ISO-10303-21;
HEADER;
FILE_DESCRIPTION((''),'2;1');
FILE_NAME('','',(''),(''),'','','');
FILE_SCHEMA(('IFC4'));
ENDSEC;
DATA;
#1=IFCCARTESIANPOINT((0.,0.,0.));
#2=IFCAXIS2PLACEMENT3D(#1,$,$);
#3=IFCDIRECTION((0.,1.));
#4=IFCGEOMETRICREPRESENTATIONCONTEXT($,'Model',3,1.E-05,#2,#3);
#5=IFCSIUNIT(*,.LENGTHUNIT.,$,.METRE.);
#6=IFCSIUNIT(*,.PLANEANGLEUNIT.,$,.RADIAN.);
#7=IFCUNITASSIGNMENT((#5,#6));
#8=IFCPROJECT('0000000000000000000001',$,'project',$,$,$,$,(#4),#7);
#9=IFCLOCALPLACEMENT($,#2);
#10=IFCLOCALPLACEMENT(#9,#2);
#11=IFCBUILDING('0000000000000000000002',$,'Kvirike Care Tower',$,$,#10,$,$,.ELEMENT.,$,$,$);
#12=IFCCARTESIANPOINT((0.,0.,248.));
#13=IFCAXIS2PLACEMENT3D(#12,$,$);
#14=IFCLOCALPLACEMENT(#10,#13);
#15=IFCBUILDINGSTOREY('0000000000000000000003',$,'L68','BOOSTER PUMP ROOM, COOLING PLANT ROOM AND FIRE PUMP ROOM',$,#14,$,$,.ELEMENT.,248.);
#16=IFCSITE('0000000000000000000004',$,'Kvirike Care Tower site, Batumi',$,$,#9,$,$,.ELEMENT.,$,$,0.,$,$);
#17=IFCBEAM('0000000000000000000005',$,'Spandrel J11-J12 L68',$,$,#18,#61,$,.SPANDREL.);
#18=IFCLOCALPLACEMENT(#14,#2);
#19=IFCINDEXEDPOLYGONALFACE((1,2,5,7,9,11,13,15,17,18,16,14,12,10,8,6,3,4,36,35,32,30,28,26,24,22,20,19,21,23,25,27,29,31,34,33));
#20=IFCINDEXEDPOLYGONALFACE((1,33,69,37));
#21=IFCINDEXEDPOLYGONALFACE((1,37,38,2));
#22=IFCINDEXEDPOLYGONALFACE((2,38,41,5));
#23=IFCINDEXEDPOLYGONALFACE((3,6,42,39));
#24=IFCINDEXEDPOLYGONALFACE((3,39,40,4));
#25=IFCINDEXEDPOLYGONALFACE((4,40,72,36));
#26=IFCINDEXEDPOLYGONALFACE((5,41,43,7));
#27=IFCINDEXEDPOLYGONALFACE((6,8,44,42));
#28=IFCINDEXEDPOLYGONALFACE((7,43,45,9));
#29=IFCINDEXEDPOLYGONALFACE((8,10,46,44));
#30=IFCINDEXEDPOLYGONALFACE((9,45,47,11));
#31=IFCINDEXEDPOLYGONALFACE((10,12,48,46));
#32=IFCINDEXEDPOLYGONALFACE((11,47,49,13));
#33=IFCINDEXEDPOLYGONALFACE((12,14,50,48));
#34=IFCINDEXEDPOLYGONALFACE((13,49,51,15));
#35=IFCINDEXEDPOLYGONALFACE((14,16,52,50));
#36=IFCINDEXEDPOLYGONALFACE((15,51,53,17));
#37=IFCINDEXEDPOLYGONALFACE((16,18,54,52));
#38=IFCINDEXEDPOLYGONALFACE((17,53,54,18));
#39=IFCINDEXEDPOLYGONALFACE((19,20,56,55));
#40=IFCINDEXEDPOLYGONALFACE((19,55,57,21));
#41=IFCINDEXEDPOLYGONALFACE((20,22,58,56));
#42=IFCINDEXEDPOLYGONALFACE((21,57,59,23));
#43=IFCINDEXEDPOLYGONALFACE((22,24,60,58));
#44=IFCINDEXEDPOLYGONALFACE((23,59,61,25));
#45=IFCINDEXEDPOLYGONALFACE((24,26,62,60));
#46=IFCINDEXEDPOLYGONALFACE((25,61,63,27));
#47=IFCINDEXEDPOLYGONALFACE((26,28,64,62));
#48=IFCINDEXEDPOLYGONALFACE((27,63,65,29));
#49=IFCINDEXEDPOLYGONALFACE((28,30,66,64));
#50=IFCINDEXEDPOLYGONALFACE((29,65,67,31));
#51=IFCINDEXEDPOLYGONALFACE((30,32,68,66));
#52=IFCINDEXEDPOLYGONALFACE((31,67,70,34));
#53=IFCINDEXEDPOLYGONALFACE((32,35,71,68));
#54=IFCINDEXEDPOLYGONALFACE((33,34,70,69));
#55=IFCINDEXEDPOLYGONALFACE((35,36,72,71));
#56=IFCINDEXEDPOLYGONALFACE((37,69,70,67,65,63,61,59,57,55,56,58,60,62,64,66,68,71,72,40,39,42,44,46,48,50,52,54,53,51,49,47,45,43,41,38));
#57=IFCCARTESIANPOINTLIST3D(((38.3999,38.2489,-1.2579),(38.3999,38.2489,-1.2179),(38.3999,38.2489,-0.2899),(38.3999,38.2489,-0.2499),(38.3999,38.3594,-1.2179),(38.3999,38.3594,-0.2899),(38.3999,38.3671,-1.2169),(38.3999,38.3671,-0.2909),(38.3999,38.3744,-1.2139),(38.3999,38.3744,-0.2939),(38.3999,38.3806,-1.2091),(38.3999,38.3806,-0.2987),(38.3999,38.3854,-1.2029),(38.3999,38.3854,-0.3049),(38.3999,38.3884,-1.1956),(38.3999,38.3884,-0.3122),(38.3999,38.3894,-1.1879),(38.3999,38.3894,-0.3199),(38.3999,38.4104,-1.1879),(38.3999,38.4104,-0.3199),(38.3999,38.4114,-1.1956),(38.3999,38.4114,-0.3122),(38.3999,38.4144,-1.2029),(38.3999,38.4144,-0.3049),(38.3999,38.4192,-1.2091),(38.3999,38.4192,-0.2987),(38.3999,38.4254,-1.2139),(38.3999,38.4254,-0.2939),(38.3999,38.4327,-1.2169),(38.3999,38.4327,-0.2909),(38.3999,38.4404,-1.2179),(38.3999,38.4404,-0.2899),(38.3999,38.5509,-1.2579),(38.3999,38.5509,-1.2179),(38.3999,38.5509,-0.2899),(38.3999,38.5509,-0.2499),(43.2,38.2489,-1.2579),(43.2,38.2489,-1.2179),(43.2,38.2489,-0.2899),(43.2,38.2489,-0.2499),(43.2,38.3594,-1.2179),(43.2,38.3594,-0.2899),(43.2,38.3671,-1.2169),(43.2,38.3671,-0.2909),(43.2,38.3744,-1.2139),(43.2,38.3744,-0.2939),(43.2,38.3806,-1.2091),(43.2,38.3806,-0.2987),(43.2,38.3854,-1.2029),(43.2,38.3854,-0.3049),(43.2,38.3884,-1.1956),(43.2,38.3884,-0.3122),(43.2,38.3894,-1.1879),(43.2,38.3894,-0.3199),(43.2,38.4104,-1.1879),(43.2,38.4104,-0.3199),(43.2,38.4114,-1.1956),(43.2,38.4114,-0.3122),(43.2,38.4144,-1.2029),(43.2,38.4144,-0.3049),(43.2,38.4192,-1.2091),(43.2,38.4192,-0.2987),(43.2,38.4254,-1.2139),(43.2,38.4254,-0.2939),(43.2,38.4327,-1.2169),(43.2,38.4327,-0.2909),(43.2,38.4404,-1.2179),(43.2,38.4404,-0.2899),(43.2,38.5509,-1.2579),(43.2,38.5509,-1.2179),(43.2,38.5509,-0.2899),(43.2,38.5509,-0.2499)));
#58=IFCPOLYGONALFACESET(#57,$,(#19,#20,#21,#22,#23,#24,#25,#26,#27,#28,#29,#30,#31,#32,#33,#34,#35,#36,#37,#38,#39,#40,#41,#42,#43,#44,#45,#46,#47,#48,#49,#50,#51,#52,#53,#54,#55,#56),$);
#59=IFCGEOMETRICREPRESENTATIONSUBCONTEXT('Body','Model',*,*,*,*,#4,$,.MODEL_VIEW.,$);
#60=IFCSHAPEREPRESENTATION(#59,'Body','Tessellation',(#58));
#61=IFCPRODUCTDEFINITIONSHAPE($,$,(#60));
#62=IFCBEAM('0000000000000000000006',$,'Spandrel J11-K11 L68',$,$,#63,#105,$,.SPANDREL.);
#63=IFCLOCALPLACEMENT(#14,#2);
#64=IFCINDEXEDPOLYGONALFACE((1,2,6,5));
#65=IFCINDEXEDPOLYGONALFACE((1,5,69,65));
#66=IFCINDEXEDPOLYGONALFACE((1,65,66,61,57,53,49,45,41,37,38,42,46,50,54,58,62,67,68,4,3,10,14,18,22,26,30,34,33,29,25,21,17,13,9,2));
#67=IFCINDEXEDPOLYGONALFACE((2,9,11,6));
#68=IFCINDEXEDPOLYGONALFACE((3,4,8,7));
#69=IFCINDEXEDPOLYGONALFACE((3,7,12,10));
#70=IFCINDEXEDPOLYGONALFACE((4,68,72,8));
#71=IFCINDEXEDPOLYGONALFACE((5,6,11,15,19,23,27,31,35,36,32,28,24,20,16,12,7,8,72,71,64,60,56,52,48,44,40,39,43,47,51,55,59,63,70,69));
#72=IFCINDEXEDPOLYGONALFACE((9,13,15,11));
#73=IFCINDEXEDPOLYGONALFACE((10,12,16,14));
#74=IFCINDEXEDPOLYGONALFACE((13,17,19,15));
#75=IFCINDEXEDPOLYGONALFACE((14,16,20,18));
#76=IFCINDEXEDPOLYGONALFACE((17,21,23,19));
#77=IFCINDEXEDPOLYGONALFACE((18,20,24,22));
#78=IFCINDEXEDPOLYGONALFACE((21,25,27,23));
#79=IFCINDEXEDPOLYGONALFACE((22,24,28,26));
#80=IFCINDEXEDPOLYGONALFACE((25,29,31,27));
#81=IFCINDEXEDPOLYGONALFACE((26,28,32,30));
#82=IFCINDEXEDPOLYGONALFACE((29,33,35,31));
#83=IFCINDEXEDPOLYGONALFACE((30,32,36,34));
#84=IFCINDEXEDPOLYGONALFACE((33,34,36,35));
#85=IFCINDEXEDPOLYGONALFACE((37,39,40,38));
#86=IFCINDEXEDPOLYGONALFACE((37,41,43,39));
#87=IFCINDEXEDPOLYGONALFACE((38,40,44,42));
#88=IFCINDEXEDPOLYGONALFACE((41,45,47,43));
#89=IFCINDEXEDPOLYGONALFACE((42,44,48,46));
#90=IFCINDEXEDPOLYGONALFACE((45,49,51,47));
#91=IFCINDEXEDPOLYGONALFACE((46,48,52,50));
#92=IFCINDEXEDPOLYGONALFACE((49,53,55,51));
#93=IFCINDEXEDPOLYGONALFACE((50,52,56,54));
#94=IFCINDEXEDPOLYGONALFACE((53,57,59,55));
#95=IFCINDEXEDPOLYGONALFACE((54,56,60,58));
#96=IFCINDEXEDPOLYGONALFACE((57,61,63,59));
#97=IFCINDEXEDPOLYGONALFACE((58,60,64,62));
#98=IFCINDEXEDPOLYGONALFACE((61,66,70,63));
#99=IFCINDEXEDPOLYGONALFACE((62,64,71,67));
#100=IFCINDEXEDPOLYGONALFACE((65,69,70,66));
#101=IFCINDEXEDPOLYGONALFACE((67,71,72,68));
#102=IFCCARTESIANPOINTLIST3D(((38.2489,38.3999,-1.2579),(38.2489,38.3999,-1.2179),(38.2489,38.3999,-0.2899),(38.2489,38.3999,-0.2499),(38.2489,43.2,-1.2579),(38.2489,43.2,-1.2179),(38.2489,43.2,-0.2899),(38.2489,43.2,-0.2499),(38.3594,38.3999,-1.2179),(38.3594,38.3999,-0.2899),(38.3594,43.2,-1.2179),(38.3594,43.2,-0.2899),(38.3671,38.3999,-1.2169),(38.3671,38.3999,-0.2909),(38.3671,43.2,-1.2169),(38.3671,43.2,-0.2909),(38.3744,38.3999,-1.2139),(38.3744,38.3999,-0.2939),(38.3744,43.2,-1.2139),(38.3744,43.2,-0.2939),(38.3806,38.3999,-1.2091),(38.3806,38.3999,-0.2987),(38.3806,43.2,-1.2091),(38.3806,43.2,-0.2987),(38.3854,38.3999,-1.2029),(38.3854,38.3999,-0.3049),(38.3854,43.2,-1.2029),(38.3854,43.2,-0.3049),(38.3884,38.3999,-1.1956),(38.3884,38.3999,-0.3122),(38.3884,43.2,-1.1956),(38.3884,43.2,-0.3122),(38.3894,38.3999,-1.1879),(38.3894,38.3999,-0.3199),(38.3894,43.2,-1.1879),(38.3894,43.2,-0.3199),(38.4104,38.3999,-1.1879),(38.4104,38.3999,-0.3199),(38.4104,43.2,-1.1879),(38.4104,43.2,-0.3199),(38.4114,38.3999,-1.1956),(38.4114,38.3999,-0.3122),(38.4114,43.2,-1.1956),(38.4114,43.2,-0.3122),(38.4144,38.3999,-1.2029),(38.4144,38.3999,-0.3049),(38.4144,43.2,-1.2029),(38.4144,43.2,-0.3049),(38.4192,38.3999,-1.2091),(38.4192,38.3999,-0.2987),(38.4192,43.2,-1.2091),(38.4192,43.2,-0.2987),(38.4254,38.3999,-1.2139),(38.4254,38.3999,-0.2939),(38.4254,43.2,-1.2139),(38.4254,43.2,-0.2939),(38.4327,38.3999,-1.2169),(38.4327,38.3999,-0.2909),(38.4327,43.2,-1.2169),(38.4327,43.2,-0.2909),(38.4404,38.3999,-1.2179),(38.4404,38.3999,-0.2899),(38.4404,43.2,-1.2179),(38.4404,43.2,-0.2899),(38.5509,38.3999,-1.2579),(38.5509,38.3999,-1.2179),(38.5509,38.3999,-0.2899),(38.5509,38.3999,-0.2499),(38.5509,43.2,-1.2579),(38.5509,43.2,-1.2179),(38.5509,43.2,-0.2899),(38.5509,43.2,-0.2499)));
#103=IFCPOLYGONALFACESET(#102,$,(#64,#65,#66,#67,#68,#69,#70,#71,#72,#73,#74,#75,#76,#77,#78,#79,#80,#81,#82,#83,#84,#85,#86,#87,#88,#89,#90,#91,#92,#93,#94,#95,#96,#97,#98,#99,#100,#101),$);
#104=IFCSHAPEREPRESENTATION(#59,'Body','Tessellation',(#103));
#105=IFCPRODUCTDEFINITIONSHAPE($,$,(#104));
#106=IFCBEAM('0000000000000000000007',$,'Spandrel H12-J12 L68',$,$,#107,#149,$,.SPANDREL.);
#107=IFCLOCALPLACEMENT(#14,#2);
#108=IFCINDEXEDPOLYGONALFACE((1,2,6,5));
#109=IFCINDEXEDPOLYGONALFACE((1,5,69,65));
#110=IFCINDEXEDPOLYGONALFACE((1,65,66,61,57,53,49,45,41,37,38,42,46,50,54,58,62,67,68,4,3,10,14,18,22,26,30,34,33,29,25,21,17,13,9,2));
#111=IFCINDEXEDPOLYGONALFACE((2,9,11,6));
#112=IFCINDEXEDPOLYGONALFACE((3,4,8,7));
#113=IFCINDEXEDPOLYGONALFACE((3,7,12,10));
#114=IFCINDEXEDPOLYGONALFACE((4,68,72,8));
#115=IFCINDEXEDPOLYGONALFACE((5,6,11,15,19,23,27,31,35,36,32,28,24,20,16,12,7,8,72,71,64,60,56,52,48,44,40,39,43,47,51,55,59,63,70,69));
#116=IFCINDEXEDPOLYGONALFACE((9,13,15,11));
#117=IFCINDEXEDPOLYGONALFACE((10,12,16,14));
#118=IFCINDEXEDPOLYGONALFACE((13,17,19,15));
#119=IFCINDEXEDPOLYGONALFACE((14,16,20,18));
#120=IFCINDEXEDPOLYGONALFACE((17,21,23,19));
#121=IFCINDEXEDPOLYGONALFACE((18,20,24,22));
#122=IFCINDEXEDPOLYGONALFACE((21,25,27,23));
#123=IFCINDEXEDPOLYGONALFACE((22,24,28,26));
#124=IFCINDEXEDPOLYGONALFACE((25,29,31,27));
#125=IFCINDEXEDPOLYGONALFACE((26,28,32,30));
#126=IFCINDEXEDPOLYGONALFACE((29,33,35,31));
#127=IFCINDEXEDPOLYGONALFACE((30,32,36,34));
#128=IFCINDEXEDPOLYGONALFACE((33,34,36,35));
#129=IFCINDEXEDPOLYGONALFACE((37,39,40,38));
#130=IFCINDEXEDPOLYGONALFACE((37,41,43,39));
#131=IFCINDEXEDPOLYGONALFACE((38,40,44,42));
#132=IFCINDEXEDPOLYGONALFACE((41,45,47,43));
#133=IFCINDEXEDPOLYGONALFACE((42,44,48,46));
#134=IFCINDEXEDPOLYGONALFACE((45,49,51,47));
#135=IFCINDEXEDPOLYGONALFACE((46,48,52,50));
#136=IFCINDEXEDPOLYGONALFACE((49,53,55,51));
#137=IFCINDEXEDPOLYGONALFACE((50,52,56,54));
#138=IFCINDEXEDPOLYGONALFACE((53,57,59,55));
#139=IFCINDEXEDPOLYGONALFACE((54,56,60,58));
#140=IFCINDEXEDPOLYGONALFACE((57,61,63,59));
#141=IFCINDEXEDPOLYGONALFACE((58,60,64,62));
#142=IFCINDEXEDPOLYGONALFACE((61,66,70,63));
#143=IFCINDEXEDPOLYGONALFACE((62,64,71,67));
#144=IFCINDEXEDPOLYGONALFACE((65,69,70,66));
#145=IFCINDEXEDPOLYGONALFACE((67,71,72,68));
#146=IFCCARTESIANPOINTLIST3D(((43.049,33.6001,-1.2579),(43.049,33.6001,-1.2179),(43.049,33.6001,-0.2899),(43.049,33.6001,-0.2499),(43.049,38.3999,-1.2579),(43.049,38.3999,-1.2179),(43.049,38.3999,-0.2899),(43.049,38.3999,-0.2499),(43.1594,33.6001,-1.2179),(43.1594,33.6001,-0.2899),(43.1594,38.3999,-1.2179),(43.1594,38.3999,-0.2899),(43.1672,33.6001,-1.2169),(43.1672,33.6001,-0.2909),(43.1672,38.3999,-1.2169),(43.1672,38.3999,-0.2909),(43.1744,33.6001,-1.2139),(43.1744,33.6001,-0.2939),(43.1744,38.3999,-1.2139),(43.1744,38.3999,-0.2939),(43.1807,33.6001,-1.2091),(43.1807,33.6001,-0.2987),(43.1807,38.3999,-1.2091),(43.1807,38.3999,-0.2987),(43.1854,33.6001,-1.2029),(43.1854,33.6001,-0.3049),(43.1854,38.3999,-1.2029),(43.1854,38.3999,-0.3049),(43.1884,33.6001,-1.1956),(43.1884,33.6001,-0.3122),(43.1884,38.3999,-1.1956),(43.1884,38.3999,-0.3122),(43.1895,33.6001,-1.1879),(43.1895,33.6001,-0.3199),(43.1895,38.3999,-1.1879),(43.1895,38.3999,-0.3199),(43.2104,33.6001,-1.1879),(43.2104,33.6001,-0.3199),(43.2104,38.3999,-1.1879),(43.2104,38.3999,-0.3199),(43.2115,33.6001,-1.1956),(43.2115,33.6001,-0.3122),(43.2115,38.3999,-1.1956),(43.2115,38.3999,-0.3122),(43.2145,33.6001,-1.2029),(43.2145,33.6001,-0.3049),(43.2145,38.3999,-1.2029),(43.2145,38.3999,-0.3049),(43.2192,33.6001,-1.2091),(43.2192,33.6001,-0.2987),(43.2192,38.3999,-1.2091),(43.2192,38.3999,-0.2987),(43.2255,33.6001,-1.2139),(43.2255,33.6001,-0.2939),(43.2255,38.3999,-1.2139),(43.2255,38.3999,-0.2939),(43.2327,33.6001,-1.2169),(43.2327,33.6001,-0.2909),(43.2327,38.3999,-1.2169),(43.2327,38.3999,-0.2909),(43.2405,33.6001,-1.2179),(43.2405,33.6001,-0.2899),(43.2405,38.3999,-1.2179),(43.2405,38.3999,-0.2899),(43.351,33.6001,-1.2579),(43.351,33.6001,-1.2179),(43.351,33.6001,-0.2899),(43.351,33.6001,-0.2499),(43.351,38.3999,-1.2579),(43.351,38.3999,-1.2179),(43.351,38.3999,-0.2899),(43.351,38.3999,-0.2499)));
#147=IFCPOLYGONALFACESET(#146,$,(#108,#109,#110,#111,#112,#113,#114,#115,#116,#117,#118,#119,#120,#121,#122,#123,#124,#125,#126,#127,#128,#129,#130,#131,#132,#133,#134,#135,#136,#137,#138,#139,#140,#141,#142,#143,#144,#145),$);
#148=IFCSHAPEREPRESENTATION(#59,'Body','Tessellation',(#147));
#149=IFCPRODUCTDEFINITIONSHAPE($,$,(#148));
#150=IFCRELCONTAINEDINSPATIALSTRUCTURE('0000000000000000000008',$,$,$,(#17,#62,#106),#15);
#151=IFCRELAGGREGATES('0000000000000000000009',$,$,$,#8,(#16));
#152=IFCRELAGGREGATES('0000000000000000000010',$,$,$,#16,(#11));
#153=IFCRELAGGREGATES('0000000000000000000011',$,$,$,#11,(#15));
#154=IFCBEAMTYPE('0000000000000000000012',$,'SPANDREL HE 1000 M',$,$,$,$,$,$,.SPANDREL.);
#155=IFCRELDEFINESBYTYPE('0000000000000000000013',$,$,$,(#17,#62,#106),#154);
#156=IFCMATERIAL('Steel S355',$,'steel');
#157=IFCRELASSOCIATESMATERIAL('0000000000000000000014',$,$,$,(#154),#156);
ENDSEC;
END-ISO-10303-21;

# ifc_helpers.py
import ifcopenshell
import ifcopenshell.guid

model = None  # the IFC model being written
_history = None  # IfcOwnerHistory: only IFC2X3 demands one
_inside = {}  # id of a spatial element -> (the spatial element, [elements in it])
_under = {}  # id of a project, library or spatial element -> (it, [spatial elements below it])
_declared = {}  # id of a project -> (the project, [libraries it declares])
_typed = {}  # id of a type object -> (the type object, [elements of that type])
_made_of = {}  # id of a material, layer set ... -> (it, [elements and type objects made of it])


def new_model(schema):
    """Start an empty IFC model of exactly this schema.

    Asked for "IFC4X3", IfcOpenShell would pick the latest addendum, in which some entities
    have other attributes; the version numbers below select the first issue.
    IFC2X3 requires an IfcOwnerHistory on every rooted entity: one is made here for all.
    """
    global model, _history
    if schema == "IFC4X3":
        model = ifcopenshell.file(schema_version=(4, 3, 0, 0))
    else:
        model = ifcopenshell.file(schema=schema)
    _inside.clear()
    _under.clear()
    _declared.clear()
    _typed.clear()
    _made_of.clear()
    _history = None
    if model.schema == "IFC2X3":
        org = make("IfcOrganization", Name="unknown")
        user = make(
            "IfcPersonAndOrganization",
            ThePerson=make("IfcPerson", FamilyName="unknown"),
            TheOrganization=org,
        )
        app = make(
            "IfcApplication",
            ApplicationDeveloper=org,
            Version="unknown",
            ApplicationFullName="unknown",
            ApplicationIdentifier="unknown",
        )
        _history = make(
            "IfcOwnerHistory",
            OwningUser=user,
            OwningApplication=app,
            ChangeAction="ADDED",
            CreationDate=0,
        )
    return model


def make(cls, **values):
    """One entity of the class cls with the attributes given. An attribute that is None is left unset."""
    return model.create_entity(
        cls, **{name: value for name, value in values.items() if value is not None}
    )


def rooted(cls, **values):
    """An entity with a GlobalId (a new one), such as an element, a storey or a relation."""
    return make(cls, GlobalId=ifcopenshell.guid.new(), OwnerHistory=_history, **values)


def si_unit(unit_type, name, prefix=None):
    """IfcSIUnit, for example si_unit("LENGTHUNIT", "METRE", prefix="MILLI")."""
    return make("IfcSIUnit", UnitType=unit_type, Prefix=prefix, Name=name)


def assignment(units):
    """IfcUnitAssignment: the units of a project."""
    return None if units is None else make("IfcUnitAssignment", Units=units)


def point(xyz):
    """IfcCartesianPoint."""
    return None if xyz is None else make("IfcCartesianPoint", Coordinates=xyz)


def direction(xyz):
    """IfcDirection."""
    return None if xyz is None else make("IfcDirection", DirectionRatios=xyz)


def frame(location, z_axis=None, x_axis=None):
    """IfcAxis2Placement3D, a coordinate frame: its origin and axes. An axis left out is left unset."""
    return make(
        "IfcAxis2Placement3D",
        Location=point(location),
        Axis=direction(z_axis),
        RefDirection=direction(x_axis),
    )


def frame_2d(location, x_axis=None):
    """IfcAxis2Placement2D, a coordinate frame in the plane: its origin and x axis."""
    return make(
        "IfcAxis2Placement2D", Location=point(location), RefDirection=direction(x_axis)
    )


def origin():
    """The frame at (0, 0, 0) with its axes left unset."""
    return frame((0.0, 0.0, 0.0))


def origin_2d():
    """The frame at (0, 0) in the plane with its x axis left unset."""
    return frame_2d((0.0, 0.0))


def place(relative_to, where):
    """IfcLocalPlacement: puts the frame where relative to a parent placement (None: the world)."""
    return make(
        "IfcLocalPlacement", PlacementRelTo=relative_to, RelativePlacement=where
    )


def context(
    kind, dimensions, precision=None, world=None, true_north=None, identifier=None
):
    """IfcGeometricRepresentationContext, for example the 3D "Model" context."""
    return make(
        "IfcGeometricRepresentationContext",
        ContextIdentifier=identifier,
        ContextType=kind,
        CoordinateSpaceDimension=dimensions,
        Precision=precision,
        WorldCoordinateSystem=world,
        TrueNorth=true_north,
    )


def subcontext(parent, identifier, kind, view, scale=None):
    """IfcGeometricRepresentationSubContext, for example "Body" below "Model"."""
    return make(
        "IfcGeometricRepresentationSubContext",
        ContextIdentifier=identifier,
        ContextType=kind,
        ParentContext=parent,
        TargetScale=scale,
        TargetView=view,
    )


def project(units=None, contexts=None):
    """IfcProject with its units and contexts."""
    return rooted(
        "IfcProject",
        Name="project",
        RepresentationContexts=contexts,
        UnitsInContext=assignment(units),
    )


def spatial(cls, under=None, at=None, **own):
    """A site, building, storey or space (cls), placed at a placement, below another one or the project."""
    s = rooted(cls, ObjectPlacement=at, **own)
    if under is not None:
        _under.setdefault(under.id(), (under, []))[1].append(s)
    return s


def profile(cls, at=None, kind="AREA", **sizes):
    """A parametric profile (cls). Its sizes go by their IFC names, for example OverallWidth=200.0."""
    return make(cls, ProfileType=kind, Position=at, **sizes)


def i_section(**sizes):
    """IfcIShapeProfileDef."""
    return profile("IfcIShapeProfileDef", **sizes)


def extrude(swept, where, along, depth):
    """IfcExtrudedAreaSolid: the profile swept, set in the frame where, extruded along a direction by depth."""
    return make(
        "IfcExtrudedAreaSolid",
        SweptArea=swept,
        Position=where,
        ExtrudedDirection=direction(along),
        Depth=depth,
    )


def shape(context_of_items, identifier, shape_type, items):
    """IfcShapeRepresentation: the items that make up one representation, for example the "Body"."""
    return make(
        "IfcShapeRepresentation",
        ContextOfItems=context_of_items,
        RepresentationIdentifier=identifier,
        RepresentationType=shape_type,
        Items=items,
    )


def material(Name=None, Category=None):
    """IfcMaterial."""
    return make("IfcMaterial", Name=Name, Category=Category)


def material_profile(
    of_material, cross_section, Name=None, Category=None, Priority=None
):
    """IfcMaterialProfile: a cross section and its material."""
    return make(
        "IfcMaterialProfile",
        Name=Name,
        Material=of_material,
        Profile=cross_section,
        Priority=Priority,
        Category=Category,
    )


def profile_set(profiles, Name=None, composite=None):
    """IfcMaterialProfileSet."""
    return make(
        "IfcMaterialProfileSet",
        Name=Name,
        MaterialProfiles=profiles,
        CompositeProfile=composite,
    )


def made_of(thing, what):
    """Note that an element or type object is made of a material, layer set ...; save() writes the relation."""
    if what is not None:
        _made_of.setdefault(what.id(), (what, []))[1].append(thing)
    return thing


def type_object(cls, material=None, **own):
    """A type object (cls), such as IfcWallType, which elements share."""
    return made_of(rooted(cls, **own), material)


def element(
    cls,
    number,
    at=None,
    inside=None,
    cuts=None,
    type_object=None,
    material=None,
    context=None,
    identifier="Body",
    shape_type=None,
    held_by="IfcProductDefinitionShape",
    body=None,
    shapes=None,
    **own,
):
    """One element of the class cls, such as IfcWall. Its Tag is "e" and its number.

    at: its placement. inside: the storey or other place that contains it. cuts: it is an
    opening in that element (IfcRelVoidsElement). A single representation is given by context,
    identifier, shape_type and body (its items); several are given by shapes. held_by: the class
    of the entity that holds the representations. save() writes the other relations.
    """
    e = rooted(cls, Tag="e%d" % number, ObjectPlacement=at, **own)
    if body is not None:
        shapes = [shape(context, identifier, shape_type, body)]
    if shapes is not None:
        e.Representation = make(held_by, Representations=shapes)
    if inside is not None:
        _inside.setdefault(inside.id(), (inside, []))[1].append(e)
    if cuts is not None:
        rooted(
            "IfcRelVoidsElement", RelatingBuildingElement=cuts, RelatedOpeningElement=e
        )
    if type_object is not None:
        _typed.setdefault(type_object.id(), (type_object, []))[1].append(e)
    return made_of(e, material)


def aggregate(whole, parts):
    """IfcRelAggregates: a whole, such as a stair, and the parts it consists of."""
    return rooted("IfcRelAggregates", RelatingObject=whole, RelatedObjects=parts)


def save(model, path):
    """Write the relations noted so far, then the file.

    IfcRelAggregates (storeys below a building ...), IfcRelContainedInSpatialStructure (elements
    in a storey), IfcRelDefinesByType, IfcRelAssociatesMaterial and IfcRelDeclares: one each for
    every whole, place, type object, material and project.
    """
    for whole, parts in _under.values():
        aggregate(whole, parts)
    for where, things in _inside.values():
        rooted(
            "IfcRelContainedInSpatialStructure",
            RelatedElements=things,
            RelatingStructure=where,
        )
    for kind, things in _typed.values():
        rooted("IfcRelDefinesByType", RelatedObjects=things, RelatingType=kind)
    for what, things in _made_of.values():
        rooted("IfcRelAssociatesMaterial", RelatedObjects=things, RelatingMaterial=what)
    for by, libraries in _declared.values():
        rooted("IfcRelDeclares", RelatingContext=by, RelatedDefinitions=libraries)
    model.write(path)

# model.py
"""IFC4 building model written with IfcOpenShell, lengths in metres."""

from ifc_helpers import new_model, si_unit, direction, frame, origin, origin_2d, place, context, subcontext, project, spatial, i_section, extrude, material, material_profile, profile_set, type_object, element, save


model = new_model("IFC4")

# Units and contexts
model_context = context("Model", 3, precision=1e-05, world=origin(), true_north=direction((0.0, 1.0)))
body_context = subcontext(model_context, "Body", "Model", "MODEL_VIEW")
ifc_project = project(units=[si_unit("LENGTHUNIT", "METRE"), si_unit("PLANEANGLEUNIT", "RADIAN")], contexts=[model_context])

# Site, building, storey
site_placement = place(None, origin())
site = spatial("IfcSite", under=ifc_project, at=site_placement, Name="Kvirike Care Tower site, Batumi", CompositionType="ELEMENT", RefElevation=0.0)
building_placement = place(site_placement, origin())
building = spatial("IfcBuilding", under=site, at=building_placement, Name="Kvirike Care Tower", CompositionType="ELEMENT")
storey_placement = place(building_placement, frame((0.0, 0.0, 248.0)))
storey = spatial("IfcBuildingStorey", under=building, at=storey_placement, Name="L68", Description="BOOSTER PUMP ROOM, COOLING PLANT ROOM AND FIRE PUMP ROOM", CompositionType="ELEMENT", Elevation=248.0)

# Beams
ifc_material_1 = material(Name="Steel S355", Category="steel")
ifc_material_profile_1 = material_profile(ifc_material_1, i_section(OverallWidth=0.302, OverallDepth=1.0081, WebThickness=0.021, FlangeThickness=0.04, FilletRadius=0.03, at=origin_2d()), Name="HE 1000 M")
ifc_profile_set_1 = profile_set([ifc_material_profile_1], Name="Steel S355")
beam_type = type_object("IfcBeamType", Name="SPANDREL HE 1000 M", PredefinedType="SPANDREL", material=ifc_profile_set_1)
for number, where, z_axis, x_axis, name in (
    (1, (38.3999, 38.3999, -0.7539), (1.0, 0.0, 0.0), (0.0, 1.0, 0.0), "Spandrel J11-J12 L68"),
    (2, (38.3999, 38.3999, -0.7539), (0.0, 1.0, 0.0), (-1.0, 0.0, 0.0), "Spandrel J11-K11 L68"),
):
    element("IfcBeam", number, at=place(storey_placement, frame(where, z_axis=z_axis, x_axis=x_axis)), inside=storey, type_object=beam_type, Name=name, PredefinedType="SPANDREL", context=body_context, shape_type="SweptSolid", body=[
        extrude(i_section(OverallWidth=0.302, OverallDepth=1.0081, WebThickness=0.021, FlangeThickness=0.04, FilletRadius=0.03, at=origin_2d()), origin(), (0.0, 0.0, 1.0), 4.8),
    ])
beam_placement = place(storey_placement, frame((43.2, 33.6001, -0.7539), z_axis=(0.0, 1.0, 0.0), x_axis=(-1.0, 0.0, 0.0)))
element("IfcBeam", 3, at=beam_placement, inside=storey, type_object=beam_type, Name="Spandrel H12-J12 L68", PredefinedType="SPANDREL", context=body_context, shape_type="SweptSolid", body=[
    extrude(i_section(OverallWidth=0.302, OverallDepth=1.0081, WebThickness=0.021, FlangeThickness=0.04, FilletRadius=0.03, at=origin_2d()), origin(), (0.0, 0.0, 1.0), 4.7998),
])

save(model, "model.ifc")
